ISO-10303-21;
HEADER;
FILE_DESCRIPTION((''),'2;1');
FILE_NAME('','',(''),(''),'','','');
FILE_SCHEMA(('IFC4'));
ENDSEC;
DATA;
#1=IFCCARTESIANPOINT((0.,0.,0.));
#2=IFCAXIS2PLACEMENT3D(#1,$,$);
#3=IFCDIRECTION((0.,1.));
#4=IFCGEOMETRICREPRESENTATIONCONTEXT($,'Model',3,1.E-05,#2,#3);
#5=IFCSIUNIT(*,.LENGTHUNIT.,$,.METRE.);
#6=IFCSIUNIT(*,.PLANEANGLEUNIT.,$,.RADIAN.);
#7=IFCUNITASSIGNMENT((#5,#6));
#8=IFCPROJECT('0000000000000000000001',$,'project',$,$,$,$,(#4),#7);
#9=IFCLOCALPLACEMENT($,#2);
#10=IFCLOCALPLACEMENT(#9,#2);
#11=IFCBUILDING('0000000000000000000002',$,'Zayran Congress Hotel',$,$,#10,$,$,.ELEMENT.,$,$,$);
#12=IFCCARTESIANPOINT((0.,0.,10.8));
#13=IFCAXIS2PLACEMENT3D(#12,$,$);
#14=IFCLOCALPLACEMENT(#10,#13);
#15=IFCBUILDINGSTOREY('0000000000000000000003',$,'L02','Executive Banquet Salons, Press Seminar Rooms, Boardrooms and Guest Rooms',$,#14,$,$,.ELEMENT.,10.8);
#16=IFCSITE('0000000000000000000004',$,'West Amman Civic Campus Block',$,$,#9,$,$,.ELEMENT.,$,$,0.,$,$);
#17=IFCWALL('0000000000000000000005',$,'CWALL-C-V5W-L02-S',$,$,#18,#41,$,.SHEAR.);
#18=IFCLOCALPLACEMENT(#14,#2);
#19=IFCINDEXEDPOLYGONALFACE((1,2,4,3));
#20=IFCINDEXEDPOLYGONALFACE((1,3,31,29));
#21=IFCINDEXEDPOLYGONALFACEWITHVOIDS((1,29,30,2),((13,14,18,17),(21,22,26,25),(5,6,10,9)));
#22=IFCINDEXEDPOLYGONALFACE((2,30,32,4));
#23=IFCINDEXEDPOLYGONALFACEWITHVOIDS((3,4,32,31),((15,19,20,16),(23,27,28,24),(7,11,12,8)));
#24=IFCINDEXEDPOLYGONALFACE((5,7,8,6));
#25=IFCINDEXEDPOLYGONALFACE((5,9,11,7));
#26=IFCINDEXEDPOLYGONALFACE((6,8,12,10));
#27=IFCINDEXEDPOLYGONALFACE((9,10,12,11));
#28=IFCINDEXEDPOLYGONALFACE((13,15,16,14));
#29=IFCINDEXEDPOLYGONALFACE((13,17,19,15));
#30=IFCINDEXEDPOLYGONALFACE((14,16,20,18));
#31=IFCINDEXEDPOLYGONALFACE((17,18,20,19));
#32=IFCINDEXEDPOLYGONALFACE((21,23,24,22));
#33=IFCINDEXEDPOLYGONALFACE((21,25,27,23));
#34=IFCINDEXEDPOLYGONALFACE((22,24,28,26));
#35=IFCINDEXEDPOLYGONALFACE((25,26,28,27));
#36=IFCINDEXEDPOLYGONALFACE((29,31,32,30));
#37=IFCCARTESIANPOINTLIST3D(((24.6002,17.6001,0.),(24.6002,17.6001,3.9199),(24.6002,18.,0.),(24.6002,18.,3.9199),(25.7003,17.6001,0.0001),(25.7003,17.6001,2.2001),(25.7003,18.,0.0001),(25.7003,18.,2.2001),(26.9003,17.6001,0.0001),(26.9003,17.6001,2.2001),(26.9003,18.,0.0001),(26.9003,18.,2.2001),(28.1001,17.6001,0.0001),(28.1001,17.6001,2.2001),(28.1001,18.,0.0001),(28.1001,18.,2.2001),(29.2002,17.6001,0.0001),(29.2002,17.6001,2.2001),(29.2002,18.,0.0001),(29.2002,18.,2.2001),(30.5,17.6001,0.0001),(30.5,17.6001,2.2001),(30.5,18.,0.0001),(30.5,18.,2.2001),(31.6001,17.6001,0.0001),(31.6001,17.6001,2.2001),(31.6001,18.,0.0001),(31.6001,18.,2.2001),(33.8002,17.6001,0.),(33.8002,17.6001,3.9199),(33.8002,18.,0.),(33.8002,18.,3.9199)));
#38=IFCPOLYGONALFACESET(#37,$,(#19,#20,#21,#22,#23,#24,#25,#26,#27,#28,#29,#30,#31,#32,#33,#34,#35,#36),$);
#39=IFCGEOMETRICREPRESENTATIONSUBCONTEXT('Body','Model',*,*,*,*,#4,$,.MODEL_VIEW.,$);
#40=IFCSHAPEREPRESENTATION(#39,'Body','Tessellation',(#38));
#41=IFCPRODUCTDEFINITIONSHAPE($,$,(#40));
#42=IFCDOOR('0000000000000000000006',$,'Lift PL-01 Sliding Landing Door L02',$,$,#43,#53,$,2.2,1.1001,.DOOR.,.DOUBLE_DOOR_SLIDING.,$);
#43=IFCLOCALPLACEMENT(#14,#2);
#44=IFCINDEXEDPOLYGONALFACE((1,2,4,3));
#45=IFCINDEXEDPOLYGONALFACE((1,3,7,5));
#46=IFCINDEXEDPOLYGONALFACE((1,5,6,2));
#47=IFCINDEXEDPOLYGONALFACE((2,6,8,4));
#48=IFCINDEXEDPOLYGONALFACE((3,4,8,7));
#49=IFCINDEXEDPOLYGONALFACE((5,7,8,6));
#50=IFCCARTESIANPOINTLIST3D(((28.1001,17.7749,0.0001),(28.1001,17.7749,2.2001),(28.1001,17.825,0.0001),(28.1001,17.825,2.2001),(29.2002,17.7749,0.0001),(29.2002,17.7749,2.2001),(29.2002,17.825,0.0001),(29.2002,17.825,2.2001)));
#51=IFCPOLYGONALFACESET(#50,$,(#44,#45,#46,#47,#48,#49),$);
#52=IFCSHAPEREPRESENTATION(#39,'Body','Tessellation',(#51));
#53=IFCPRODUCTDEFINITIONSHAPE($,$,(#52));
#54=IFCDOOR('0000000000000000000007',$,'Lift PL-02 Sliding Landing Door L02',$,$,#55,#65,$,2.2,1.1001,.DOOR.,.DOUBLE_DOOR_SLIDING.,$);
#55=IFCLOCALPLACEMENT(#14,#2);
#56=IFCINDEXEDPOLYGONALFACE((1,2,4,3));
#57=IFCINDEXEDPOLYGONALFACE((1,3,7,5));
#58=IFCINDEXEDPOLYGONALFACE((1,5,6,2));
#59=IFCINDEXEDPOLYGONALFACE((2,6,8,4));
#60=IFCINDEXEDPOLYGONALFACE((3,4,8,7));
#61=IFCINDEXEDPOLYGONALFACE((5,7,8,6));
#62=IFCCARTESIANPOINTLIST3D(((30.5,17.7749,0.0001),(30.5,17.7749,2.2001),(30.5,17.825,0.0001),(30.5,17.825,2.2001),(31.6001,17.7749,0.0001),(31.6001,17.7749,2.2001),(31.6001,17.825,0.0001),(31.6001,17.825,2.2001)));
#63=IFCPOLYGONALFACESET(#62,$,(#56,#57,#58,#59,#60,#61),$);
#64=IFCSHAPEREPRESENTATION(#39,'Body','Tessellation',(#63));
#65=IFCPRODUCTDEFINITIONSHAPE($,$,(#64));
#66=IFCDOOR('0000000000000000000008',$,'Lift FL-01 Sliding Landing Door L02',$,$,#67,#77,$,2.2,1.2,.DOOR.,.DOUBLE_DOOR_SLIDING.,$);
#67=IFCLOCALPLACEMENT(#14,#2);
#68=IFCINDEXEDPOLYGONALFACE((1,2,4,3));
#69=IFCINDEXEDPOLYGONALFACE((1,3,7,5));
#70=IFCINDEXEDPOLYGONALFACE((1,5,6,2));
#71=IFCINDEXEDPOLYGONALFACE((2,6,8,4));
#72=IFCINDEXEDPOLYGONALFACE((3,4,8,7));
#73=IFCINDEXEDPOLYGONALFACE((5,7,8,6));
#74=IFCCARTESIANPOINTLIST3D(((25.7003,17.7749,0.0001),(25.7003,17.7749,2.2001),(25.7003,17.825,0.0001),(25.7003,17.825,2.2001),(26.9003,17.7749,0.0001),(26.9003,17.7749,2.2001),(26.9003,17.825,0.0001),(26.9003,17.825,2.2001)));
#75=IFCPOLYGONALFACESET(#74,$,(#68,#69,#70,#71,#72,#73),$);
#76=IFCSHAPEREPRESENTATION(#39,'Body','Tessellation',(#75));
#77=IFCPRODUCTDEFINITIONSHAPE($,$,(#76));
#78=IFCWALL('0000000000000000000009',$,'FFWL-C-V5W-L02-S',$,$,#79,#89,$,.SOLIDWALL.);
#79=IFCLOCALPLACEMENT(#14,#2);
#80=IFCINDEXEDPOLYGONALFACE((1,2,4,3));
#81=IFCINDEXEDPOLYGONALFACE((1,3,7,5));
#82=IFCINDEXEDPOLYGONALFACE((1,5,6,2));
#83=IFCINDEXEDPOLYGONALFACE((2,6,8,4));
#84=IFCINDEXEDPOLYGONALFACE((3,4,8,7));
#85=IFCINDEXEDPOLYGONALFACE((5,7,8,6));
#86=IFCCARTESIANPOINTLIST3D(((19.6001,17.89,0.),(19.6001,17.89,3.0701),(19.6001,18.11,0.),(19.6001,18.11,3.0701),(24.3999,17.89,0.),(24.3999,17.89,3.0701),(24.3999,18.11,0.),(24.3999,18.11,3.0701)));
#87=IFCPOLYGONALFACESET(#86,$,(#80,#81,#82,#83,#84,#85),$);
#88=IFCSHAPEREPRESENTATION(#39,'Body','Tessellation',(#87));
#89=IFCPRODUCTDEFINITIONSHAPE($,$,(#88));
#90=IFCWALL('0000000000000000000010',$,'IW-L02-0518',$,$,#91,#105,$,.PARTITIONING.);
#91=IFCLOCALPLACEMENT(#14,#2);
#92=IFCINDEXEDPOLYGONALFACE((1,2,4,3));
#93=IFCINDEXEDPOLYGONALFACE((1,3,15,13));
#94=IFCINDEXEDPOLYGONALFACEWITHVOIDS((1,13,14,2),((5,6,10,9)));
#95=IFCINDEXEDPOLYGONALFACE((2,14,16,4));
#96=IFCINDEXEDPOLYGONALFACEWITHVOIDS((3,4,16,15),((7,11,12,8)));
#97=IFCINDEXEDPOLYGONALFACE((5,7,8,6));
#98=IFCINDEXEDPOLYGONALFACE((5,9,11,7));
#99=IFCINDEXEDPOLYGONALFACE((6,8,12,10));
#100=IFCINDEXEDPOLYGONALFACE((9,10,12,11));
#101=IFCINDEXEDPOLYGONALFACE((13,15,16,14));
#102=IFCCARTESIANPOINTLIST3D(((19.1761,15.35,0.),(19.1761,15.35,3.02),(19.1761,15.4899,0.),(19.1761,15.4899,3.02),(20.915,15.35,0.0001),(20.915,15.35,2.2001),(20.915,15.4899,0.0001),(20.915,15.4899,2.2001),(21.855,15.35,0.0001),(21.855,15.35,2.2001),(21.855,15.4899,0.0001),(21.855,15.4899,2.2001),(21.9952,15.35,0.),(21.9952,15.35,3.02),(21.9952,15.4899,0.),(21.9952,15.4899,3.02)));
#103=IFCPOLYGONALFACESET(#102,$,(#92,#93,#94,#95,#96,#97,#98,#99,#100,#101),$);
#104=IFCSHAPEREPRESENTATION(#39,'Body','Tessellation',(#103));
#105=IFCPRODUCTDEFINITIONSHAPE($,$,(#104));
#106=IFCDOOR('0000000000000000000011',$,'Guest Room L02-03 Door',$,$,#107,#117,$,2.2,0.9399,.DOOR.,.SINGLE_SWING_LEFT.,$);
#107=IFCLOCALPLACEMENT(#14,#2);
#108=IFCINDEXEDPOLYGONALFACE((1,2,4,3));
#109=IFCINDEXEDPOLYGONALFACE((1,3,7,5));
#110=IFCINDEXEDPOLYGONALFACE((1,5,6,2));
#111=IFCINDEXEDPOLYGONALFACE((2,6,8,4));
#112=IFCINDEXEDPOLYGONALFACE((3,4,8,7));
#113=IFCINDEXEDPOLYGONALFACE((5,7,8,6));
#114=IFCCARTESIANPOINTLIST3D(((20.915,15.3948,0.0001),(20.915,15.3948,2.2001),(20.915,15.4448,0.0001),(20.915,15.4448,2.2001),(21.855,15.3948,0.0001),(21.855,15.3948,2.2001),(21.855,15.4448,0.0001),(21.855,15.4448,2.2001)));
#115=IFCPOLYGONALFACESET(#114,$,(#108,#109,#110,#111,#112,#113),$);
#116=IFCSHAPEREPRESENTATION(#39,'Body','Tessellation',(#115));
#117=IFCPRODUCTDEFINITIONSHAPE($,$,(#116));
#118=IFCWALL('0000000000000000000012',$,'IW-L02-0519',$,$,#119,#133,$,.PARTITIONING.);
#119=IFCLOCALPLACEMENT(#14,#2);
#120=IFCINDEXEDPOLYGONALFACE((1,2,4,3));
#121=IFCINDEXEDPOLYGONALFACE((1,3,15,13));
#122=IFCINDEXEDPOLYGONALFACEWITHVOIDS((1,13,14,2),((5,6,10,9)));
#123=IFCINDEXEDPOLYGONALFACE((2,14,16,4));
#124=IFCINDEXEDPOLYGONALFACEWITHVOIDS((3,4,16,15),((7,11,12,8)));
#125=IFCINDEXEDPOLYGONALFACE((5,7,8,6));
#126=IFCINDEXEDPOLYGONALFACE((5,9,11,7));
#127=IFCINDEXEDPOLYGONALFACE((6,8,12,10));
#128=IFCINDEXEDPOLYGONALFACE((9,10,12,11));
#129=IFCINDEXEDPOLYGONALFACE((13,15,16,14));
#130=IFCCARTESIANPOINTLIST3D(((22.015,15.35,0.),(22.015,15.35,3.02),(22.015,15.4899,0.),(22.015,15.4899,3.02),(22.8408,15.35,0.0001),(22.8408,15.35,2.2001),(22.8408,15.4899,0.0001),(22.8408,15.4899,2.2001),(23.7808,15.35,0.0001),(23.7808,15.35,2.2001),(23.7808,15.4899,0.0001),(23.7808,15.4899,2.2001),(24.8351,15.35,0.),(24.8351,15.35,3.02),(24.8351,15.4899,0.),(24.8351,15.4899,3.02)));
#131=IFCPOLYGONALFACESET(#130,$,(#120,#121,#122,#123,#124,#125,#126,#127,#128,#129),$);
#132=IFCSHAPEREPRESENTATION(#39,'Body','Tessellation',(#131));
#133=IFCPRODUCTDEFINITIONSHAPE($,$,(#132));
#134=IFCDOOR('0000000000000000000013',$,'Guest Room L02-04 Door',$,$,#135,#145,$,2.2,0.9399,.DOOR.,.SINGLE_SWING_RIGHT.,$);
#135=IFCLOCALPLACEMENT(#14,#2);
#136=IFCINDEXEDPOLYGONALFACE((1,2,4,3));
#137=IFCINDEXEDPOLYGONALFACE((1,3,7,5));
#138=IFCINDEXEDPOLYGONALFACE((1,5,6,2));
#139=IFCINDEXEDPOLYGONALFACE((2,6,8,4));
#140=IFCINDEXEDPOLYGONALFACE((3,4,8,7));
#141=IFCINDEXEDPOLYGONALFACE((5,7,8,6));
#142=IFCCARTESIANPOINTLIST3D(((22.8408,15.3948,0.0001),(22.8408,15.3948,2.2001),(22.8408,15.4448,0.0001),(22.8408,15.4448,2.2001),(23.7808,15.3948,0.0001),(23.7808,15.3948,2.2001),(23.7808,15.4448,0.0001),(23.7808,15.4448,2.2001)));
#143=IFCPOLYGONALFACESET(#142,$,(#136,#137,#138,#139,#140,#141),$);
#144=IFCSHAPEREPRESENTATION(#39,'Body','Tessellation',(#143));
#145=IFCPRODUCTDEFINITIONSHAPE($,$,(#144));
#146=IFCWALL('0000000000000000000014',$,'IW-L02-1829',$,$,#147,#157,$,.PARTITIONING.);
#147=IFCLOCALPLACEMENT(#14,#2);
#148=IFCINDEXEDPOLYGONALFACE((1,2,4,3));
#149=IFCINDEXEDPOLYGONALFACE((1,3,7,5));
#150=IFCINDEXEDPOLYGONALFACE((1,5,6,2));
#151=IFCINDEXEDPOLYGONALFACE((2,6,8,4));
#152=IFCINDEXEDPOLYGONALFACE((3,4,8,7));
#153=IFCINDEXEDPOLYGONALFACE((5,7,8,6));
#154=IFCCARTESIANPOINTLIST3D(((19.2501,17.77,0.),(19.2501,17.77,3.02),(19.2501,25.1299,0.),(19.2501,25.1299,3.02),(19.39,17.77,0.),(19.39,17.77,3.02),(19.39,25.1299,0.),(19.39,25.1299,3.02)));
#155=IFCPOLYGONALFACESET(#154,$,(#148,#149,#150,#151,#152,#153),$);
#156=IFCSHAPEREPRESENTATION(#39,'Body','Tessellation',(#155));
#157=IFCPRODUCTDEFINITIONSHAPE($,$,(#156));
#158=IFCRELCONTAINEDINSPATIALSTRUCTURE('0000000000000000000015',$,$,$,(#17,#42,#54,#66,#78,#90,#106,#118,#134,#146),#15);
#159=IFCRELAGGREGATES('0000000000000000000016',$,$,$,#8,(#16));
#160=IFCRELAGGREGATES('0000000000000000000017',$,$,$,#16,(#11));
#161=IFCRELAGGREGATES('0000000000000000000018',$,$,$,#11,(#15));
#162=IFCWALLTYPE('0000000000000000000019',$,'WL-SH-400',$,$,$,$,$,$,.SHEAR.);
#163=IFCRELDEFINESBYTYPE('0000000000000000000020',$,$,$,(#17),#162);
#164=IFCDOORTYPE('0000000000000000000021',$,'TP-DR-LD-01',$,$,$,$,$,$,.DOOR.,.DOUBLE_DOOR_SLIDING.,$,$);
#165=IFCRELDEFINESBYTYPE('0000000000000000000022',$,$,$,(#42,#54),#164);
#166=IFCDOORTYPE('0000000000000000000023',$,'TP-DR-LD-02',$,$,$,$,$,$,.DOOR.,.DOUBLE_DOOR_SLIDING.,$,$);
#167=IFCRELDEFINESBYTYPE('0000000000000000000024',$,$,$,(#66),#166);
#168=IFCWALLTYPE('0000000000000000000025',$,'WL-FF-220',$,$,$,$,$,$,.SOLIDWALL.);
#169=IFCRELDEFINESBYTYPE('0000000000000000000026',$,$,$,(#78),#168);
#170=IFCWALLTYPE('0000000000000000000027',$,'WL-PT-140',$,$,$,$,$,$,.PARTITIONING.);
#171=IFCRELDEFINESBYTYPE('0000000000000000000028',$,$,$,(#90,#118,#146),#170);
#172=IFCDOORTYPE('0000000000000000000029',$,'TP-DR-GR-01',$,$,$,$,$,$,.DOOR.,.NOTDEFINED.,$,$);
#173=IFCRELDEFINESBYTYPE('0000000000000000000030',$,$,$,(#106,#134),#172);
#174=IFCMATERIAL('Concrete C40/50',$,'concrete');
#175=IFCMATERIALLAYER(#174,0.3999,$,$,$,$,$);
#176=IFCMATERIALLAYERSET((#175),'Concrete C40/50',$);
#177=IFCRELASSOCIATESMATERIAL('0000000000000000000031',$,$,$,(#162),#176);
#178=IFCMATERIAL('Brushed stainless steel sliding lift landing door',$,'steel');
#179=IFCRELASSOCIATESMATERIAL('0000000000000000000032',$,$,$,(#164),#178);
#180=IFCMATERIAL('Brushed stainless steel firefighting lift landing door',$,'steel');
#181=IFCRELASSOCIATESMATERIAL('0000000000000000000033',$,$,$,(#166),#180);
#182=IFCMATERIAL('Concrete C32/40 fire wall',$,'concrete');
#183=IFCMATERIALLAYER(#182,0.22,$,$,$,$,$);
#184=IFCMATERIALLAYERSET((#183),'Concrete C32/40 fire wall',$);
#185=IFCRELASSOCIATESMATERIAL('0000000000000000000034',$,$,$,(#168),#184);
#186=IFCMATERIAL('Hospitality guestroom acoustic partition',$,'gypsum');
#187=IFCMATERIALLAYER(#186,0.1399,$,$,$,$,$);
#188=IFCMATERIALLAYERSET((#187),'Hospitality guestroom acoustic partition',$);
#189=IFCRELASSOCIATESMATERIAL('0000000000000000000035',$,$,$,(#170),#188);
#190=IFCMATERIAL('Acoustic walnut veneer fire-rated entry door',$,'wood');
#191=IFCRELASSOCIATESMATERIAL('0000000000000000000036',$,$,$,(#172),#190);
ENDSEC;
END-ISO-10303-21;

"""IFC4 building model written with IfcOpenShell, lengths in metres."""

from ifc_helpers import new_model, si_unit, direction, frame, frame_2d, origin, place, context, subcontext, project, spatial, rectangle, extrude, material, layer, layer_set, type_object, element, fill, save


model = new_model("IFC4")

# Units and contexts
model_context = context("Model", 3, precision=1e-05, world=origin(), true_north=direction((0.0, 1.0)))
body_context = subcontext(model_context, "Body", "Model", "MODEL_VIEW")
ifc_project = project(units=[si_unit("LENGTHUNIT", "METRE"), si_unit("PLANEANGLEUNIT", "RADIAN")], contexts=[model_context])

# Site, building, storey
site_placement = place(None, origin())
site = spatial("IfcSite", under=ifc_project, at=site_placement, Name="West Amman Civic Campus Block", CompositionType="ELEMENT", RefElevation=0.0)
building_placement = place(site_placement, origin())
building = spatial("IfcBuilding", under=site, at=building_placement, Name="Zayran Congress Hotel", CompositionType="ELEMENT")
storey_placement = place(building_placement, frame((0.0, 0.0, 10.8)))
storey = spatial("IfcBuildingStorey", under=building, at=storey_placement, Name="L02", Description="Executive Banquet Salons, Press Seminar Rooms, Boardrooms and Guest Rooms", CompositionType="ELEMENT", Elevation=10.8)

# Shared definitions
ifc_material_1 = material(Name="Concrete C40/50", Category="concrete")

# Wall, openings, doors
ifc_layer_1 = layer(ifc_material_1, 0.3999)
ifc_layer_set_1 = layer_set([ifc_layer_1], Name="Concrete C40/50")
wall_type_1 = type_object("IfcWallType", Name="WL-SH-400", PredefinedType="SHEAR", material=ifc_layer_set_1)
wall_1_placement = place(storey_placement, frame((24.6001, 17.8, 0.0), z_axis=(0.0, 0.0, 1.0), x_axis=(1.0, 0.0, 0.0)))
wall_1 = element("IfcWall", 1, at=wall_1_placement, inside=storey, type_object=wall_type_1, Name="CWALL-C-V5W-L02-S", PredefinedType="SHEAR", context=body_context, shape_type="SweptSolid", body=[
    extrude(rectangle(XDim=9.2, YDim=0.3999, at=frame_2d((4.6001, 0.0))), origin(), (0.0, 0.0, 1.0), 3.9199),
])
opening_1_placement = place(wall_1_placement, frame((1.1001, 0.0, 0.0)))
opening_1 = element("IfcOpeningElement", 2, at=opening_1_placement, cuts=wall_1, PredefinedType="OPENING", context=body_context, shape_type="SweptSolid", body=[
    extrude(rectangle(XDim=1.2, YDim=2.2, at=frame_2d((0.6001, 1.1001))), frame((0.0, 0.21, 0.0), z_axis=(0.0, -1.0, 0.0), x_axis=(1.0, 0.0, 0.0)), (0.0, 0.0, 1.0), 0.4199),
])
opening_2_placement = place(wall_1_placement, frame((3.5, 0.0, 0.0)))
opening_2 = element("IfcOpeningElement", 3, at=opening_2_placement, cuts=wall_1, PredefinedType="OPENING", context=body_context, shape_type="SweptSolid", body=[
    extrude(rectangle(XDim=1.1001, YDim=2.2, at=frame_2d((0.55, 1.1001))), frame((0.0, 0.21, 0.0), z_axis=(0.0, -1.0, 0.0), x_axis=(1.0, 0.0, 0.0)), (0.0, 0.0, 1.0), 0.4199),
])
opening_3_placement = place(wall_1_placement, frame((5.8999, 0.0, 0.0)))
opening_3 = element("IfcOpeningElement", 4, at=opening_3_placement, cuts=wall_1, PredefinedType="OPENING", context=body_context, shape_type="SweptSolid", body=[
    extrude(rectangle(XDim=1.1001, YDim=2.2, at=frame_2d((0.55, 1.1001))), frame((0.0, 0.21, 0.0), z_axis=(0.0, -1.0, 0.0), x_axis=(1.0, 0.0, 0.0)), (0.0, 0.0, 1.0), 0.4199),
])
ifc_material_2 = material(Name="Brushed stainless steel sliding lift landing door", Category="steel")
door_type_1 = type_object("IfcDoorType", Name="TP-DR-LD-01", OperationType="DOUBLE_DOOR_SLIDING", PredefinedType="DOOR", material=ifc_material_2)
door_1_placement = place(opening_2_placement, origin())
door_1 = element("IfcDoor", 5, at=door_1_placement, inside=storey, type_object=door_type_1, Name="Lift PL-01 Sliding Landing Door L02", OperationType="DOUBLE_DOOR_SLIDING", OverallHeight=2.2, OverallWidth=1.1001, PredefinedType="DOOR", context=body_context, shape_type="SweptSolid", body=[
    extrude(rectangle(XDim=1.1001, YDim=2.2, at=frame_2d((0.55, 1.1001))), frame((0.0, 0.0249, 0.0), z_axis=(0.0, -1.0, 0.0), x_axis=(1.0, 0.0, 0.0)), (0.0, 0.0, 1.0), 0.05),
])
fill(opening_2, door_1)
door_2_placement = place(opening_3_placement, origin())
door_2 = element("IfcDoor", 6, at=door_2_placement, inside=storey, type_object=door_type_1, Name="Lift PL-02 Sliding Landing Door L02", OperationType="DOUBLE_DOOR_SLIDING", OverallHeight=2.2, OverallWidth=1.1001, PredefinedType="DOOR", context=body_context, shape_type="SweptSolid", body=[
    extrude(rectangle(XDim=1.1001, YDim=2.2, at=frame_2d((0.55, 1.1001))), frame((0.0, 0.0249, 0.0), z_axis=(0.0, -1.0, 0.0), x_axis=(1.0, 0.0, 0.0)), (0.0, 0.0, 1.0), 0.05),
])
fill(opening_3, door_2)
ifc_material_3 = material(Name="Brushed stainless steel firefighting lift landing door", Category="steel")
door_type_2 = type_object("IfcDoorType", Name="TP-DR-LD-02", OperationType="DOUBLE_DOOR_SLIDING", PredefinedType="DOOR", material=ifc_material_3)
door_3_placement = place(opening_1_placement, origin())
door_3 = element("IfcDoor", 7, at=door_3_placement, inside=storey, type_object=door_type_2, Name="Lift FL-01 Sliding Landing Door L02", OperationType="DOUBLE_DOOR_SLIDING", OverallHeight=2.2, OverallWidth=1.2, PredefinedType="DOOR", context=body_context, shape_type="SweptSolid", body=[
    extrude(rectangle(XDim=1.2, YDim=2.2, at=frame_2d((0.6001, 1.1001))), frame((0.0, 0.0249, 0.0), z_axis=(0.0, -1.0, 0.0), x_axis=(1.0, 0.0, 0.0)), (0.0, 0.0, 1.0), 0.05),
])
fill(opening_1, door_3)

# Wall
ifc_material_4 = material(Name="Concrete C32/40 fire wall", Category="concrete")
ifc_layer_2 = layer(ifc_material_4, 0.22)
ifc_layer_set_2 = layer_set([ifc_layer_2], Name="Concrete C32/40 fire wall")
wall_type_2 = type_object("IfcWallType", Name="WL-FF-220", PredefinedType="SOLIDWALL", material=ifc_layer_set_2)
wall_2_placement = place(storey_placement, frame((19.6001, 18.0, 0.0), z_axis=(0.0, 0.0, 1.0), x_axis=(1.0, 0.0, 0.0)))
element("IfcWall", 8, at=wall_2_placement, inside=storey, type_object=wall_type_2, Name="FFWL-C-V5W-L02-S", PredefinedType="SOLIDWALL", context=body_context, shape_type="SweptSolid", body=[
    extrude(rectangle(XDim=4.7998, YDim=0.22, at=frame_2d((2.3999, 0.0))), origin(), (0.0, 0.0, 1.0), 3.0701),
])

# Walls, openings, doors
ifc_material_5 = material(Name="Hospitality guestroom acoustic partition", Category="gypsum")
ifc_layer_3 = layer(ifc_material_5, 0.1399)
ifc_layer_set_3 = layer_set([ifc_layer_3], Name="Hospitality guestroom acoustic partition")
wall_type_3 = type_object("IfcWallType", Name="WL-PT-140", PredefinedType="PARTITIONING", material=ifc_layer_set_3)
wall_3_placement = place(storey_placement, frame((19.176, 15.4199, 0.0), z_axis=(0.0, 0.0, 1.0), x_axis=(1.0, 0.0, 0.0)))
wall_3 = element("IfcWall", 9, at=wall_3_placement, inside=storey, type_object=wall_type_3, Name="IW-L02-0518", PredefinedType="PARTITIONING", context=body_context, shape_type="SweptSolid", body=[
    extrude(rectangle(XDim=2.8191, YDim=0.1399, at=frame_2d((1.4097, 0.0))), origin(), (0.0, 0.0, 1.0), 3.02),
])
opening_4_placement = place(wall_3_placement, frame((1.739, 0.0, 0.0)))
opening_4 = element("IfcOpeningElement", 10, at=opening_4_placement, cuts=wall_3, PredefinedType="OPENING", context=body_context, shape_type="SweptSolid", body=[
    extrude(rectangle(XDim=0.9399, YDim=2.2, at=frame_2d((0.47, 1.1001))), frame((0.0, 0.0798, 0.0), z_axis=(0.0, -1.0, 0.0), x_axis=(1.0, 0.0, 0.0)), (0.0, 0.0, 1.0), 0.1599),
])
ifc_material_6 = material(Name="Acoustic walnut veneer fire-rated entry door", Category="wood")
door_type_3 = type_object("IfcDoorType", Name="TP-DR-GR-01", OperationType="NOTDEFINED", PredefinedType="DOOR", material=ifc_material_6)
door_4_placement = place(opening_4_placement, origin())
door_4 = element("IfcDoor", 11, at=door_4_placement, inside=storey, type_object=door_type_3, Name="Guest Room L02-03 Door", OperationType="SINGLE_SWING_LEFT", OverallHeight=2.2, OverallWidth=0.9399, PredefinedType="DOOR", context=body_context, shape_type="SweptSolid", body=[
    extrude(rectangle(XDim=0.9399, YDim=2.2, at=frame_2d((0.47, 1.1001))), frame((0.0, 0.0249, 0.0), z_axis=(0.0, -1.0, 0.0), x_axis=(1.0, 0.0, 0.0)), (0.0, 0.0, 1.0), 0.05),
])
fill(opening_4, door_4)
wall_4_placement = place(storey_placement, frame((22.0149, 15.4199, 0.0), z_axis=(0.0, 0.0, 1.0), x_axis=(1.0, 0.0, 0.0)))
wall_4 = element("IfcWall", 12, at=wall_4_placement, inside=storey, type_object=wall_type_3, Name="IW-L02-0519", PredefinedType="PARTITIONING", context=body_context, shape_type="SweptSolid", body=[
    extrude(rectangle(XDim=2.8201, YDim=0.1399, at=frame_2d((1.4102, 0.0))), origin(), (0.0, 0.0, 1.0), 3.02),
])
opening_5_placement = place(wall_4_placement, frame((0.8259, 0.0, 0.0)))
opening_5 = element("IfcOpeningElement", 13, at=opening_5_placement, cuts=wall_4, PredefinedType="OPENING", context=body_context, shape_type="SweptSolid", body=[
    extrude(rectangle(XDim=0.9399, YDim=2.2, at=frame_2d((0.47, 1.1001))), frame((0.0, 0.0798, 0.0), z_axis=(0.0, -1.0, 0.0), x_axis=(1.0, 0.0, 0.0)), (0.0, 0.0, 1.0), 0.1599),
])
door_5_placement = place(opening_5_placement, origin())
door_5 = element("IfcDoor", 14, at=door_5_placement, inside=storey, type_object=door_type_3, Name="Guest Room L02-04 Door", OperationType="SINGLE_SWING_RIGHT", OverallHeight=2.2, OverallWidth=0.9399, PredefinedType="DOOR", context=body_context, shape_type="SweptSolid", body=[
    extrude(rectangle(XDim=0.9399, YDim=2.2, at=frame_2d((0.47, 1.1001))), frame((0.0, 0.0249, 0.0), z_axis=(0.0, -1.0, 0.0), x_axis=(1.0, 0.0, 0.0)), (0.0, 0.0, 1.0), 0.05),
])
fill(opening_5, door_5)

# Wall
wall_5_placement = place(storey_placement, frame((19.3201, 17.77, 0.0), z_axis=(0.0, 0.0, 1.0), x_axis=(0.0, 1.0, 0.0)))
element("IfcWall", 15, at=wall_5_placement, inside=storey, type_object=wall_type_3, Name="IW-L02-1829", PredefinedType="PARTITIONING", context=body_context, shape_type="SweptSolid", body=[
    extrude(rectangle(XDim=7.3599, YDim=0.1399, at=frame_2d((3.6799, 0.0))), origin(), (0.0, 0.0, 1.0), 3.02),
])

save(model, "model.ifc")
